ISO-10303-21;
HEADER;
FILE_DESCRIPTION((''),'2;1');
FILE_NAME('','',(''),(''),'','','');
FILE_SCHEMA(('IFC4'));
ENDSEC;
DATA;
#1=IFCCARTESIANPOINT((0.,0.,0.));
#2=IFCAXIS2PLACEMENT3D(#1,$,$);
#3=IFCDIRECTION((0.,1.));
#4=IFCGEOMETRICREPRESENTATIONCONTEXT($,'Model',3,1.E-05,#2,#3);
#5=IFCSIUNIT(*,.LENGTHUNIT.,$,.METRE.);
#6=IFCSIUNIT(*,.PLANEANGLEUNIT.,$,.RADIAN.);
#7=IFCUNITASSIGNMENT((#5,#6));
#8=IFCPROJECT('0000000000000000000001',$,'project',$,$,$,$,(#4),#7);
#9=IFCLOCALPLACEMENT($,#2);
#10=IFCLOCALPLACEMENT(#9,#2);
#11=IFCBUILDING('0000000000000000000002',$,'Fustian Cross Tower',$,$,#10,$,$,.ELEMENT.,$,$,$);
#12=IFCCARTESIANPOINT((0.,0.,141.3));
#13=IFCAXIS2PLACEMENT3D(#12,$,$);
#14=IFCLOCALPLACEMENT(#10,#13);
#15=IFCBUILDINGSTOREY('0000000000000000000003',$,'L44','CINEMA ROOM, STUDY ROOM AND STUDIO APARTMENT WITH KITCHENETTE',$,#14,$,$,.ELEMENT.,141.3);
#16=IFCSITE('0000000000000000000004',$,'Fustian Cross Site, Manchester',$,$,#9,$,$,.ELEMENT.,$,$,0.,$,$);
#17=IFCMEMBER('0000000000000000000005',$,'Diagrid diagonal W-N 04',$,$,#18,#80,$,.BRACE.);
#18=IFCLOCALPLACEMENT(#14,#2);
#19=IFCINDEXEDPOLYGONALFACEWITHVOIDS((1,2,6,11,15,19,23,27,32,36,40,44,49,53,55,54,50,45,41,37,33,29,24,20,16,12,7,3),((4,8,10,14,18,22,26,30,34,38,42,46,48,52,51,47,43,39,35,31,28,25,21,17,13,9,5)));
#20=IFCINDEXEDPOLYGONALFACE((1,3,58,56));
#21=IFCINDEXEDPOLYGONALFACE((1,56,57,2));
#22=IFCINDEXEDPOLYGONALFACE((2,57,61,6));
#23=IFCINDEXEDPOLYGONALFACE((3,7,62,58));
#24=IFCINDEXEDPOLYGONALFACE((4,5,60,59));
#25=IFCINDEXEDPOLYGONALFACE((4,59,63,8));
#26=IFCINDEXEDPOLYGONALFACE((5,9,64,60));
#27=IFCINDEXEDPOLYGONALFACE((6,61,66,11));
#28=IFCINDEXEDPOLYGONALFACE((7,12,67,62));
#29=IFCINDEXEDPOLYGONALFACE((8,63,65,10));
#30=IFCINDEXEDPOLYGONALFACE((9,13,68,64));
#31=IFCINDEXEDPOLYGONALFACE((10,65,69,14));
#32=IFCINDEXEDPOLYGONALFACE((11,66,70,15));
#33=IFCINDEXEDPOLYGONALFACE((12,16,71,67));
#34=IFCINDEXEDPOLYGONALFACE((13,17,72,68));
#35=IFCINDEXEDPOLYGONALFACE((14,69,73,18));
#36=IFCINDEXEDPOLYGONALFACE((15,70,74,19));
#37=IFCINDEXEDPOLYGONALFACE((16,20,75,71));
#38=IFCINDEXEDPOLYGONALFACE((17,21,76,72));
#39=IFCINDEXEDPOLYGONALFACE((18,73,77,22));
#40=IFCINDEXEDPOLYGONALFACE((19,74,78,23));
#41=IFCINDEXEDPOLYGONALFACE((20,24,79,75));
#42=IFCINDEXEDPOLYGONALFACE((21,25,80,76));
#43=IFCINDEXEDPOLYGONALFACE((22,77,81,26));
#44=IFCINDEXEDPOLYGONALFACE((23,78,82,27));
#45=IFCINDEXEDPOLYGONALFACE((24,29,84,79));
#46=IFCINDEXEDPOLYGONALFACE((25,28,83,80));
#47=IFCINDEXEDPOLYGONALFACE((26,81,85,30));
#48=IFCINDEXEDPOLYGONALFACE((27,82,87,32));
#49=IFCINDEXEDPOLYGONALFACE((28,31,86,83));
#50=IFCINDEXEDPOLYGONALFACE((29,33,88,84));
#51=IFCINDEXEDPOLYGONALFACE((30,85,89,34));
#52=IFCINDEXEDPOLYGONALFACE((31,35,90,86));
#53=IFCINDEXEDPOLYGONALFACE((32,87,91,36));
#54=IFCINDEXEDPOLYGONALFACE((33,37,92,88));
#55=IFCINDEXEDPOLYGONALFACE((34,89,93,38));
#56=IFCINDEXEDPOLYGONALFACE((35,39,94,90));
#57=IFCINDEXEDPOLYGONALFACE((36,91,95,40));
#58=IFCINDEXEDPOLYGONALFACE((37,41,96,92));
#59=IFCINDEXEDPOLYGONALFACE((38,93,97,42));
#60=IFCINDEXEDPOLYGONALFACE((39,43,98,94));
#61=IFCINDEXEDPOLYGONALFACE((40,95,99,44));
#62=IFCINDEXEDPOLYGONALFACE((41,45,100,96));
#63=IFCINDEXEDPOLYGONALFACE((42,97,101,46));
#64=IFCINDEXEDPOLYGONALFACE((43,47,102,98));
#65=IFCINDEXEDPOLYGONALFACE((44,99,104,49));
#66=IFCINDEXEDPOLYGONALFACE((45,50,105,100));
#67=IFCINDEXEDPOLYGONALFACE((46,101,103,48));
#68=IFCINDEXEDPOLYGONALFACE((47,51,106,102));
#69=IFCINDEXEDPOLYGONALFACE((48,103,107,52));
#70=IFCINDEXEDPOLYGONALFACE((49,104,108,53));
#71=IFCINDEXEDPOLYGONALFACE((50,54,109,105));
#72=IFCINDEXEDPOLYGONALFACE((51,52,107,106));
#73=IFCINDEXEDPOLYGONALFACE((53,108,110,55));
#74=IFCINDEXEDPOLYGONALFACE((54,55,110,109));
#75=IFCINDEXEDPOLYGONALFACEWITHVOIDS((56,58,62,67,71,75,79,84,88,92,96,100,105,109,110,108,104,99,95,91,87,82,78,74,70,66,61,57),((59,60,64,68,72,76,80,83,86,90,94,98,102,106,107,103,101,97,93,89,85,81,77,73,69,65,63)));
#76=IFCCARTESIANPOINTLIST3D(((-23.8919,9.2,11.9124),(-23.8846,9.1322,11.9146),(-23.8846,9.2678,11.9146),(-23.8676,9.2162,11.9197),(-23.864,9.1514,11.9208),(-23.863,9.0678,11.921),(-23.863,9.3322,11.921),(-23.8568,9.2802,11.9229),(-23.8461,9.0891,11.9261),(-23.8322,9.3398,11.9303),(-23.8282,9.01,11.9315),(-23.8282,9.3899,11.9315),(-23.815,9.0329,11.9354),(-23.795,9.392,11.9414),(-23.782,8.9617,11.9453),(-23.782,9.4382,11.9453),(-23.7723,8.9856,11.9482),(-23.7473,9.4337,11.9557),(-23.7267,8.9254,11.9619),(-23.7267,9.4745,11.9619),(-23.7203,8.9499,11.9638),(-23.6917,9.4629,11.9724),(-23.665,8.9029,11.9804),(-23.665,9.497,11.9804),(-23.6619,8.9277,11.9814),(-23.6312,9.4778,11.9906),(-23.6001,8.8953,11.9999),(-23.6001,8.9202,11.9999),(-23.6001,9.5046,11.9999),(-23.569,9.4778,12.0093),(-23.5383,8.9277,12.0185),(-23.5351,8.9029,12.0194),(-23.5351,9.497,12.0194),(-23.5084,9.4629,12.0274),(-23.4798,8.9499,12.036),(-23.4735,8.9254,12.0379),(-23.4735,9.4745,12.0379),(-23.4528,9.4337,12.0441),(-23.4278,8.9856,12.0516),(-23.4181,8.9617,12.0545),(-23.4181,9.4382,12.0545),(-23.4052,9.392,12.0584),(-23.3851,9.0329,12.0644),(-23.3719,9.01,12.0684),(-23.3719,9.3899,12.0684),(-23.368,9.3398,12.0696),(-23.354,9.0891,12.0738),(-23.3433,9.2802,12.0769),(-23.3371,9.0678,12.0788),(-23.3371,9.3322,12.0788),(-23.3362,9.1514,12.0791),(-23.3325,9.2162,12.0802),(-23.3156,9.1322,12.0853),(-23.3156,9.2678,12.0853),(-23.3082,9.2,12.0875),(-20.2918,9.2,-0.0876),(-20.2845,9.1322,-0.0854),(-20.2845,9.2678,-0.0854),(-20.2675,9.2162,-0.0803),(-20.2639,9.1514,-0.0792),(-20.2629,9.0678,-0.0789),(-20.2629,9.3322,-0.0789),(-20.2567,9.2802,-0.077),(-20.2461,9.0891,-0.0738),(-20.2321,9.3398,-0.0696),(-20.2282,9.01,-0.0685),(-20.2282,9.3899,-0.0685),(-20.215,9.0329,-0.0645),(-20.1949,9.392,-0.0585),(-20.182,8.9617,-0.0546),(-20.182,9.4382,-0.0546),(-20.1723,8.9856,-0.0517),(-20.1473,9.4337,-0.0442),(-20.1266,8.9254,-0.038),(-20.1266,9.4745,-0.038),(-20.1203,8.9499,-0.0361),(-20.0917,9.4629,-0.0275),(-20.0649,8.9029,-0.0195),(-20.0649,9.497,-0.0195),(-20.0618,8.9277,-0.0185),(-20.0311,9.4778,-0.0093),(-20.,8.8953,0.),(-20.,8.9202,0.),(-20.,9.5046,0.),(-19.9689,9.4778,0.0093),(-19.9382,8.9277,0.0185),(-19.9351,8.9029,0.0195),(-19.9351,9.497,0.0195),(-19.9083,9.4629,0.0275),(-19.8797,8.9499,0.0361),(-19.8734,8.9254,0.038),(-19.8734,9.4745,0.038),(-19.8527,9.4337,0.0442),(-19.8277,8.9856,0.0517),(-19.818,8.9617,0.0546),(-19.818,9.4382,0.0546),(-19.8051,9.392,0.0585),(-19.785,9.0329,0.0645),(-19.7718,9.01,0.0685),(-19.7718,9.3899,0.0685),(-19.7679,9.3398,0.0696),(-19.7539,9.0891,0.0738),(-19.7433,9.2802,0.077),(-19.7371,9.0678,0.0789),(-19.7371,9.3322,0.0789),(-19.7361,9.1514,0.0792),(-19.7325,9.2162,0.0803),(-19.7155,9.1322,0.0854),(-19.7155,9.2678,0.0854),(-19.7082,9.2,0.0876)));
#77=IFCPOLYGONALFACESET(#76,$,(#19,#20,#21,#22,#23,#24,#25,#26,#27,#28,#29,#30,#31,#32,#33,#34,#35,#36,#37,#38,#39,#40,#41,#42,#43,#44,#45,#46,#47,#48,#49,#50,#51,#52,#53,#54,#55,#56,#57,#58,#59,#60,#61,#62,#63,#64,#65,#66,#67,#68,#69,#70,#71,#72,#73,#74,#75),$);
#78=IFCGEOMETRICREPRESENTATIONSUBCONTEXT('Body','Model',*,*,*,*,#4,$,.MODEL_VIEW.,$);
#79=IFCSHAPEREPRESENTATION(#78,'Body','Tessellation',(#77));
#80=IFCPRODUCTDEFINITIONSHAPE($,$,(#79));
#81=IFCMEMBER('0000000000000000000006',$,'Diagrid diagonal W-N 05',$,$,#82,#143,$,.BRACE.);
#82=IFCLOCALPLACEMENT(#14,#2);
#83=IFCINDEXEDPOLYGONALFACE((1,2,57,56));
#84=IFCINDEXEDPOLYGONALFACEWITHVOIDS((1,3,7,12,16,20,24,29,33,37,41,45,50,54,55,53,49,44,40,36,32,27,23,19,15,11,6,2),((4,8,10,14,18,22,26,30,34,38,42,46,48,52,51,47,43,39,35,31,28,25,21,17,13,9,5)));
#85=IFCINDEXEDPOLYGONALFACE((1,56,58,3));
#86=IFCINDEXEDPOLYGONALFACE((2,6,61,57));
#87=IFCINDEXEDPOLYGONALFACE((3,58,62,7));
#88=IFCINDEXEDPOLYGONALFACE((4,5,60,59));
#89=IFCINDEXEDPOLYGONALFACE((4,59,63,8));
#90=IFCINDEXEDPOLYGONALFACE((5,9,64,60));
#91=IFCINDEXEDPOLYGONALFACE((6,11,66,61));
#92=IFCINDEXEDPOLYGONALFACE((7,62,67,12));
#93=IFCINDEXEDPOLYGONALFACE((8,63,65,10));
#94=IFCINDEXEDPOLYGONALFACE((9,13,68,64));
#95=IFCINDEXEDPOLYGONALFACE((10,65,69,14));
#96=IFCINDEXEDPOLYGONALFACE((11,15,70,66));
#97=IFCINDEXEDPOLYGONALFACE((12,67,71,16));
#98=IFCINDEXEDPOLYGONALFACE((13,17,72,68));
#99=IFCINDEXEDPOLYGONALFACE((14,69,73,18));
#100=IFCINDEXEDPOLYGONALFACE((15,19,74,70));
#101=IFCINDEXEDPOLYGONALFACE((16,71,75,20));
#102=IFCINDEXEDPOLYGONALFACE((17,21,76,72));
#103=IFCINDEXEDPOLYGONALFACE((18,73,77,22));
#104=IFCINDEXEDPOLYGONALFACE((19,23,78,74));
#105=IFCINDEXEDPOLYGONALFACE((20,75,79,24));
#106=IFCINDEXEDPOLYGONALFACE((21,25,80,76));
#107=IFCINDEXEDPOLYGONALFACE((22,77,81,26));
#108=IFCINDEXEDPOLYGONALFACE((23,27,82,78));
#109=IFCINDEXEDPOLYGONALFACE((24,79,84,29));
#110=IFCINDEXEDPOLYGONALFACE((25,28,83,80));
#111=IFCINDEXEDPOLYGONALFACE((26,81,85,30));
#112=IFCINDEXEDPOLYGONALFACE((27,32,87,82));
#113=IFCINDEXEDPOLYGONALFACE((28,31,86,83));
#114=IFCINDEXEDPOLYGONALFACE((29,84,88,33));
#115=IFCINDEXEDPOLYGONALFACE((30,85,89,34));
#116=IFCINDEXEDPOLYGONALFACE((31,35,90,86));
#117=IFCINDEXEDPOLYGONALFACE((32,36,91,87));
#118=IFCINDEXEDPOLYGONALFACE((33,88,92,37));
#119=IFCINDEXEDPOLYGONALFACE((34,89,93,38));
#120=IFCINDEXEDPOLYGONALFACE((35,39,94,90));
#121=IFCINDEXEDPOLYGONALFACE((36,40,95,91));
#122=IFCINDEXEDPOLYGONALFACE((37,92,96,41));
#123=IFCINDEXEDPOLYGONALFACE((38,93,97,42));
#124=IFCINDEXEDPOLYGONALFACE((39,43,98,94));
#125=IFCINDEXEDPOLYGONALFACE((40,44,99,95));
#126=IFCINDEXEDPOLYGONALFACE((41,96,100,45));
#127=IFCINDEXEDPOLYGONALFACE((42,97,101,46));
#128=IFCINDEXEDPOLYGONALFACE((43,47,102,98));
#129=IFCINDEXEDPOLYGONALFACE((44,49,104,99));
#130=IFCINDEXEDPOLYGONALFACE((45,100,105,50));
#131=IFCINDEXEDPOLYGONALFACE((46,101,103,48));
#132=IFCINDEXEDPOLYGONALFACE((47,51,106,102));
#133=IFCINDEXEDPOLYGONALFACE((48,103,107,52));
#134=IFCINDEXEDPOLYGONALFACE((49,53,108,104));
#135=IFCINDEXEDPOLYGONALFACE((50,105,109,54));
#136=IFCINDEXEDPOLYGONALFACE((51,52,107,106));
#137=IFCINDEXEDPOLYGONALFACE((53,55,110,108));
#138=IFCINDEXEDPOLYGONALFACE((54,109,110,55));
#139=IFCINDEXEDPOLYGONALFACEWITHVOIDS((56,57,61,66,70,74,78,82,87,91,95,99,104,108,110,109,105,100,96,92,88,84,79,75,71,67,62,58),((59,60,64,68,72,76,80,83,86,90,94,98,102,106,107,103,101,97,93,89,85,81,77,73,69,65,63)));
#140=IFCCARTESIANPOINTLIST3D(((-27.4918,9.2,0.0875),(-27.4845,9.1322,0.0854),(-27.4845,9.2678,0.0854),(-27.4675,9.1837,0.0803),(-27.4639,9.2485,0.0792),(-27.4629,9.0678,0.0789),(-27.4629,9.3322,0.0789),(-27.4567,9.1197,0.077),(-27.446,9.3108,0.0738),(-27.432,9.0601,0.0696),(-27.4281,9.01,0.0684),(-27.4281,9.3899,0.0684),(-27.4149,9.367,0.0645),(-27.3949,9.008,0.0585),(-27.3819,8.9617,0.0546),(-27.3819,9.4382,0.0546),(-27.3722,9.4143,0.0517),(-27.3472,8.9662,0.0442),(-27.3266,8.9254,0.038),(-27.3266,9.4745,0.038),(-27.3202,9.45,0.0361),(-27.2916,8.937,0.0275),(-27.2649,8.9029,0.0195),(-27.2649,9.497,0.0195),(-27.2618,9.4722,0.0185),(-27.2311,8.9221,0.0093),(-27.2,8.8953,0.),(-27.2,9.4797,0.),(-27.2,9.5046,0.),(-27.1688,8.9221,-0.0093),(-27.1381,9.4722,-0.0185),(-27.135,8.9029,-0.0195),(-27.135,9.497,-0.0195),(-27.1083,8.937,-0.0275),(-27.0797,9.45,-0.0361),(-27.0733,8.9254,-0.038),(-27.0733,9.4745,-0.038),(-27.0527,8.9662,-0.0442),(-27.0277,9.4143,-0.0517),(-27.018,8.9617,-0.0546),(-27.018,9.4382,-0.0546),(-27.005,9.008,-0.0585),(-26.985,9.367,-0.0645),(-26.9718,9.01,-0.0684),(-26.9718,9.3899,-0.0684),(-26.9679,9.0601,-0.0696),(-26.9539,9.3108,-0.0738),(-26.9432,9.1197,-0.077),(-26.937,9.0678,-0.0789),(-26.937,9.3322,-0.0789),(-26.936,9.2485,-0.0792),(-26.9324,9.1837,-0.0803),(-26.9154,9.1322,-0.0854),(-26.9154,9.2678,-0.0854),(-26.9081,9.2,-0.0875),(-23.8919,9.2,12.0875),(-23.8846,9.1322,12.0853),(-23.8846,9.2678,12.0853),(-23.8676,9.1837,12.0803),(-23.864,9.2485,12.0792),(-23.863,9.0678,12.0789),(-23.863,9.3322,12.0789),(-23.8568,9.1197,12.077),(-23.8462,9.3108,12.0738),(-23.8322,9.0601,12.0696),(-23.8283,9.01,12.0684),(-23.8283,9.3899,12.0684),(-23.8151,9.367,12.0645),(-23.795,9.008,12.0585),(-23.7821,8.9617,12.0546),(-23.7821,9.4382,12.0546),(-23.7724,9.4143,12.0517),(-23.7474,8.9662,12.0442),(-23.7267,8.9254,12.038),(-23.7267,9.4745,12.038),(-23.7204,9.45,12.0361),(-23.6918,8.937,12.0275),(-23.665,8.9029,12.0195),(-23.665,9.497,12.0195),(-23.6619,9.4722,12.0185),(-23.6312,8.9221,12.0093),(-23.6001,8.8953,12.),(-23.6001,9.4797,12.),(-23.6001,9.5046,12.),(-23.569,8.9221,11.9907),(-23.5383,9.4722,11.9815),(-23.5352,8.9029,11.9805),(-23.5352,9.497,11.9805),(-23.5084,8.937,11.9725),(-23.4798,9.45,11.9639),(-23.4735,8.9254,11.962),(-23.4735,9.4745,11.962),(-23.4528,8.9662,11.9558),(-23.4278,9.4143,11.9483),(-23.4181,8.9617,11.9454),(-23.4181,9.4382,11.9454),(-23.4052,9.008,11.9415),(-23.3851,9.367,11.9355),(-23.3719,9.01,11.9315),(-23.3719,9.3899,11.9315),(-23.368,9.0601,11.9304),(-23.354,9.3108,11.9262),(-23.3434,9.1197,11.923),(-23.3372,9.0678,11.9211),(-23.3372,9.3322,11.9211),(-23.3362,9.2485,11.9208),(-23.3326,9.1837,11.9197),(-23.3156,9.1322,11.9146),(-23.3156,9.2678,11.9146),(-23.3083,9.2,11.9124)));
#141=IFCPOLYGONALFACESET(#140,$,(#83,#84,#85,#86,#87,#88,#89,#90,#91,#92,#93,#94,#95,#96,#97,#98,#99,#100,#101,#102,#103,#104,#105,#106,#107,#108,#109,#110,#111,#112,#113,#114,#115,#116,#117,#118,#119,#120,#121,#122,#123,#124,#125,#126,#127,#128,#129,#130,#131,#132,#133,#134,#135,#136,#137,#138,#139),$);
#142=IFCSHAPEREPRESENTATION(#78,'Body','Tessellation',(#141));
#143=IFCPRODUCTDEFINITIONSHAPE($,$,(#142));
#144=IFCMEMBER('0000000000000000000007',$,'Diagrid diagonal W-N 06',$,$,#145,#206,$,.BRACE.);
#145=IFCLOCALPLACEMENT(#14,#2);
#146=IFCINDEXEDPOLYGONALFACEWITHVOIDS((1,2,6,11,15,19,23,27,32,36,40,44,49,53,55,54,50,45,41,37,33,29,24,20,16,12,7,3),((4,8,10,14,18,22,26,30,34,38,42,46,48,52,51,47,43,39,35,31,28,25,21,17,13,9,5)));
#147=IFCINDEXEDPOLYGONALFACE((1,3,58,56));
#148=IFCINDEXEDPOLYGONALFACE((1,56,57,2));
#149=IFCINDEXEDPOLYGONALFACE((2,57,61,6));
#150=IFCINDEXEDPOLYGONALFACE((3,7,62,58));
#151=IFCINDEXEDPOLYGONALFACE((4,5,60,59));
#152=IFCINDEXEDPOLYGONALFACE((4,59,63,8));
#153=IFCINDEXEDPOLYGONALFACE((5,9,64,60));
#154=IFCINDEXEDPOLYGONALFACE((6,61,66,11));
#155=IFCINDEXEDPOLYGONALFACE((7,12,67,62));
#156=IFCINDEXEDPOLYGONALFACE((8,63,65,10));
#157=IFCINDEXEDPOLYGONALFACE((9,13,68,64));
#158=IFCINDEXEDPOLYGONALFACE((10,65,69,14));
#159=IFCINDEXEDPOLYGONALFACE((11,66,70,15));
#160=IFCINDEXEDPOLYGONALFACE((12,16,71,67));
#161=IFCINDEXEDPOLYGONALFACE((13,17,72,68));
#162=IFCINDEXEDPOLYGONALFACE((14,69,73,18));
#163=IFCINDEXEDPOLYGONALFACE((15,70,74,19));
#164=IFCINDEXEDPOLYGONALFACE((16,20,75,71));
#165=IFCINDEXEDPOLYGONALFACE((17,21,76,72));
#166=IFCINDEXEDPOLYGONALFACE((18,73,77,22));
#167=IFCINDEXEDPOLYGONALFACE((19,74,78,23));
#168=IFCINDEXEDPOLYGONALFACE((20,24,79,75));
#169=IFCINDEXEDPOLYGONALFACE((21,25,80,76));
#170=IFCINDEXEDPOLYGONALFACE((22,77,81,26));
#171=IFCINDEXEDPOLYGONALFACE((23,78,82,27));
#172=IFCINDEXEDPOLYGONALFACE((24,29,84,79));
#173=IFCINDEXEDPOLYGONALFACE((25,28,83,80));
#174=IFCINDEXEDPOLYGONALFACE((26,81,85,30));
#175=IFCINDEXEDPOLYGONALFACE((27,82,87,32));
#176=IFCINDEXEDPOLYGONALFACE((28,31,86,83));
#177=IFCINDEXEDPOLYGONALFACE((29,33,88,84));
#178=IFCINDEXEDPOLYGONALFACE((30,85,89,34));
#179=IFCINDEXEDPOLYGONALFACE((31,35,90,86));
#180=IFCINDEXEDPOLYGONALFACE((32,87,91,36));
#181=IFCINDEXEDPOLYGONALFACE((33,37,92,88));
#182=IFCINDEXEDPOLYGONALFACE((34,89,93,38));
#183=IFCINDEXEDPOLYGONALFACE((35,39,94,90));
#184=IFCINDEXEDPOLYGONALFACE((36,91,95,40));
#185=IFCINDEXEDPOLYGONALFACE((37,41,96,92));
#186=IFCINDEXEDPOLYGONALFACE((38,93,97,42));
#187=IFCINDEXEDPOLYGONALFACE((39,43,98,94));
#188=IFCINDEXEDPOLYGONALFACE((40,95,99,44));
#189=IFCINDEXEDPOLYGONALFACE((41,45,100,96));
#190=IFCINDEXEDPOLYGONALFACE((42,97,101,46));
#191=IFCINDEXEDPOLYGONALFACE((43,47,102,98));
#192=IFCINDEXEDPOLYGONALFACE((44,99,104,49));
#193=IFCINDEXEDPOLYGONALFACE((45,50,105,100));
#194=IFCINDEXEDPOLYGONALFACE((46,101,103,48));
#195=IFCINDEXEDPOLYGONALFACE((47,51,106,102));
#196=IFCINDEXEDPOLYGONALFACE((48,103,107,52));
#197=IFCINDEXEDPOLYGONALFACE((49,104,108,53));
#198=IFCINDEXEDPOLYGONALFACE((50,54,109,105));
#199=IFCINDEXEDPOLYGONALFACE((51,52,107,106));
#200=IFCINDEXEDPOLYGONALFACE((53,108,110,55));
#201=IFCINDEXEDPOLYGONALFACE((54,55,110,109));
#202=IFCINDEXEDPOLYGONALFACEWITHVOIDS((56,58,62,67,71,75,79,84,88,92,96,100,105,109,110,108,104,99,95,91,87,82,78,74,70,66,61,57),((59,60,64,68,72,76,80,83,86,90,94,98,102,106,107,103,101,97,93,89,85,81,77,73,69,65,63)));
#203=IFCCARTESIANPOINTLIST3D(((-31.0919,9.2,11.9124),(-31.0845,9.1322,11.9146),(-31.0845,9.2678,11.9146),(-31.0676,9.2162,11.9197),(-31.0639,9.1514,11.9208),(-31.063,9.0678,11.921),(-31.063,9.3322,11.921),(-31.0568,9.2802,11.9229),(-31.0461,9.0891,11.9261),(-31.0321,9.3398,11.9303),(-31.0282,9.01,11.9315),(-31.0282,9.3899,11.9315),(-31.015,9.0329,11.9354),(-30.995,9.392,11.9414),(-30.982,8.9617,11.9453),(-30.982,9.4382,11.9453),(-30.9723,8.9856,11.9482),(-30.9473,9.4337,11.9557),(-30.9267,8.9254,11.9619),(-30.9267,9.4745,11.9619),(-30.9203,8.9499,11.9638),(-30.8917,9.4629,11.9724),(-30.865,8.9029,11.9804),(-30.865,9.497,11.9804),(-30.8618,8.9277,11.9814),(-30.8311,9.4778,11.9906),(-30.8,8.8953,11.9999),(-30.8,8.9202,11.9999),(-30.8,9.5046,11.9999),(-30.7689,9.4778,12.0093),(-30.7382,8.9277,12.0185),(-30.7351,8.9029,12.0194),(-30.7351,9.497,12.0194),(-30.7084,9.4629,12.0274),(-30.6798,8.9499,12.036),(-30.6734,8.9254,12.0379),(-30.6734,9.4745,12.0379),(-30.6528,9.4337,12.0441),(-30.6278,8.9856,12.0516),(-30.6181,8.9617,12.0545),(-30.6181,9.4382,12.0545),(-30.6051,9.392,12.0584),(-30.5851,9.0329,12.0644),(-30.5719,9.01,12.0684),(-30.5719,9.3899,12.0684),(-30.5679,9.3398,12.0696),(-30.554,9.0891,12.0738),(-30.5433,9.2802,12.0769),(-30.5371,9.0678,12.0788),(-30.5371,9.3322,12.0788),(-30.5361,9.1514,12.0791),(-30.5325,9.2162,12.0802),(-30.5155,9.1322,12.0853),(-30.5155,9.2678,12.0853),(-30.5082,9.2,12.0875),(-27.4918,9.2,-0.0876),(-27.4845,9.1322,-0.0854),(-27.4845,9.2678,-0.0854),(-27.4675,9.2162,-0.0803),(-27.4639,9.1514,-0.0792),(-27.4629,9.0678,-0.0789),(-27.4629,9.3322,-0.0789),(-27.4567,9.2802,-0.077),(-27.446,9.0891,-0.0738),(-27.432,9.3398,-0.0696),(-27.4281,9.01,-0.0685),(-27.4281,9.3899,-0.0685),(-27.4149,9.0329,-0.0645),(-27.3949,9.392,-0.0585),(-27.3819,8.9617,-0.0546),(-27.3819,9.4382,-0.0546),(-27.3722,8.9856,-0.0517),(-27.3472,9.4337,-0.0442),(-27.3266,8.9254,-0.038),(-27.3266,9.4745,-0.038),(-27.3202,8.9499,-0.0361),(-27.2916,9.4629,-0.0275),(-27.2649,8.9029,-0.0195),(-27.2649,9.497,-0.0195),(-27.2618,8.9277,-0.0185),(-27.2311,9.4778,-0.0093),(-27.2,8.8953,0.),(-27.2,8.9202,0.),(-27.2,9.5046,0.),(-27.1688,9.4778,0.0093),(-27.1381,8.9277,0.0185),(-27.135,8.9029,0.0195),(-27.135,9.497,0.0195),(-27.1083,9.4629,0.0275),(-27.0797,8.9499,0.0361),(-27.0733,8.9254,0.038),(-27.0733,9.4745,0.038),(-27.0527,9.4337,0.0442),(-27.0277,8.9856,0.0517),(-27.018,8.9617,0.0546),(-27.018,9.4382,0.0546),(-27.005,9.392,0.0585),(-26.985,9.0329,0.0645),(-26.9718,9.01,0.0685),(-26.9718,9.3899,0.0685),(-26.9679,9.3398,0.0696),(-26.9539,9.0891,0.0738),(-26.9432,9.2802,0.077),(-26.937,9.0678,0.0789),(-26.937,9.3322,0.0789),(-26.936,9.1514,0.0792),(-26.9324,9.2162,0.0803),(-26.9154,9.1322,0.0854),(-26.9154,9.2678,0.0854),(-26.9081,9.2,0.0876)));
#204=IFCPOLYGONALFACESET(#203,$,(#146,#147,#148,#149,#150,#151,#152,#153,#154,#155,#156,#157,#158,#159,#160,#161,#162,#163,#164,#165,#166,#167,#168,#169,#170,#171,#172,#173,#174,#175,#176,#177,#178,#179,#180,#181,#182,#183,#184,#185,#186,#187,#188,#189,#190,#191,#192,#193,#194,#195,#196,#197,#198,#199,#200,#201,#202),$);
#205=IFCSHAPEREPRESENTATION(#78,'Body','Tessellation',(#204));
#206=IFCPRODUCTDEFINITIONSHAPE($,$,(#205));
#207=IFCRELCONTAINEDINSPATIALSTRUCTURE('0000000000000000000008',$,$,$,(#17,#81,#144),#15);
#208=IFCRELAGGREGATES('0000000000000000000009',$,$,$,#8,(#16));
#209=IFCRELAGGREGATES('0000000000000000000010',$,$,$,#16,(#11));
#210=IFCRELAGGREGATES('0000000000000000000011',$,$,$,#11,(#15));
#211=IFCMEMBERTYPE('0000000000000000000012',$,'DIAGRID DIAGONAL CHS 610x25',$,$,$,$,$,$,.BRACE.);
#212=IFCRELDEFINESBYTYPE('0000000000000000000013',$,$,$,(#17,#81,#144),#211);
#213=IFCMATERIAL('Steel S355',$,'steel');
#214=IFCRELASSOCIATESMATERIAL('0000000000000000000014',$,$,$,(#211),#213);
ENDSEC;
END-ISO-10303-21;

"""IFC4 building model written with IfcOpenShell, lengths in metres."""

from ifc_helpers import new_model, si_unit, direction, frame, origin, origin_2d, place, context, subcontext, project, spatial, hollow_circle, extrude, material, material_profile, profile_set, type_object, element, save


model = new_model("IFC4")

# Units and contexts
model_context = context("Model", 3, precision=1e-05, world=origin(), true_north=direction((0.0, 1.0)))
body_context = subcontext(model_context, "Body", "Model", "MODEL_VIEW")
ifc_project = project(units=[si_unit("LENGTHUNIT", "METRE"), si_unit("PLANEANGLEUNIT", "RADIAN")], contexts=[model_context])

# Site, building, storey
site_placement = place(None, origin())
site = spatial("IfcSite", under=ifc_project, at=site_placement, Name="Fustian Cross Site, Manchester", CompositionType="ELEMENT", RefElevation=0.0)
building_placement = place(site_placement, origin())
building = spatial("IfcBuilding", under=site, at=building_placement, Name="Fustian Cross Tower", CompositionType="ELEMENT")
storey_placement = place(building_placement, frame((0.0, 0.0, 141.3)))
storey = spatial("IfcBuildingStorey", under=building, at=storey_placement, Name="L44", Description="CINEMA ROOM, STUDY ROOM AND STUDIO APARTMENT WITH KITCHENETTE", CompositionType="ELEMENT", Elevation=141.3)

# Members
ifc_material_1 = material(Name="Steel S355", Category="steel")
ifc_material_profile_1 = material_profile(ifc_material_1, hollow_circle(Radius=0.3047, WallThickness=0.0249, at=origin_2d()), Name="CHS 610x25")
ifc_profile_set_1 = profile_set([ifc_material_profile_1], Name="Steel S355")
member_type_1 = type_object("IfcMemberType", Name="DIAGRID DIAGONAL CHS 610x25", PredefinedType="BRACE", material=ifc_profile_set_1)
for number, where, z_axis, x_axis, name in (
    (1, (-20.0, 9.2, 0.0), (-0.287355, 0.0, 0.957824), (0.0, -1.0, 0.0), "Diagrid diagonal W-N 04"),
    (2, (-27.2, 9.2, 0.0), (0.287337, 0.0, 0.95783), (0.0, 1.0, 0.0), "Diagrid diagonal W-N 05"),
    (3, (-27.2, 9.2, 0.0), (-0.287355, 0.0, 0.957824), (0.0, -1.0, 0.0), "Diagrid diagonal W-N 06"),
):
    element("IfcMember", number, at=place(storey_placement, frame(where, z_axis=z_axis, x_axis=x_axis)), inside=storey, type_object=member_type_1, Name=name, PredefinedType="BRACE", context=body_context, shape_type="SweptSolid", body=[
        extrude(hollow_circle(Radius=0.3047, WallThickness=0.0249, at=origin_2d()), origin(), (0.0, 0.0, 1.0), 12.5283),
    ])

save(model, "model.ifc")
